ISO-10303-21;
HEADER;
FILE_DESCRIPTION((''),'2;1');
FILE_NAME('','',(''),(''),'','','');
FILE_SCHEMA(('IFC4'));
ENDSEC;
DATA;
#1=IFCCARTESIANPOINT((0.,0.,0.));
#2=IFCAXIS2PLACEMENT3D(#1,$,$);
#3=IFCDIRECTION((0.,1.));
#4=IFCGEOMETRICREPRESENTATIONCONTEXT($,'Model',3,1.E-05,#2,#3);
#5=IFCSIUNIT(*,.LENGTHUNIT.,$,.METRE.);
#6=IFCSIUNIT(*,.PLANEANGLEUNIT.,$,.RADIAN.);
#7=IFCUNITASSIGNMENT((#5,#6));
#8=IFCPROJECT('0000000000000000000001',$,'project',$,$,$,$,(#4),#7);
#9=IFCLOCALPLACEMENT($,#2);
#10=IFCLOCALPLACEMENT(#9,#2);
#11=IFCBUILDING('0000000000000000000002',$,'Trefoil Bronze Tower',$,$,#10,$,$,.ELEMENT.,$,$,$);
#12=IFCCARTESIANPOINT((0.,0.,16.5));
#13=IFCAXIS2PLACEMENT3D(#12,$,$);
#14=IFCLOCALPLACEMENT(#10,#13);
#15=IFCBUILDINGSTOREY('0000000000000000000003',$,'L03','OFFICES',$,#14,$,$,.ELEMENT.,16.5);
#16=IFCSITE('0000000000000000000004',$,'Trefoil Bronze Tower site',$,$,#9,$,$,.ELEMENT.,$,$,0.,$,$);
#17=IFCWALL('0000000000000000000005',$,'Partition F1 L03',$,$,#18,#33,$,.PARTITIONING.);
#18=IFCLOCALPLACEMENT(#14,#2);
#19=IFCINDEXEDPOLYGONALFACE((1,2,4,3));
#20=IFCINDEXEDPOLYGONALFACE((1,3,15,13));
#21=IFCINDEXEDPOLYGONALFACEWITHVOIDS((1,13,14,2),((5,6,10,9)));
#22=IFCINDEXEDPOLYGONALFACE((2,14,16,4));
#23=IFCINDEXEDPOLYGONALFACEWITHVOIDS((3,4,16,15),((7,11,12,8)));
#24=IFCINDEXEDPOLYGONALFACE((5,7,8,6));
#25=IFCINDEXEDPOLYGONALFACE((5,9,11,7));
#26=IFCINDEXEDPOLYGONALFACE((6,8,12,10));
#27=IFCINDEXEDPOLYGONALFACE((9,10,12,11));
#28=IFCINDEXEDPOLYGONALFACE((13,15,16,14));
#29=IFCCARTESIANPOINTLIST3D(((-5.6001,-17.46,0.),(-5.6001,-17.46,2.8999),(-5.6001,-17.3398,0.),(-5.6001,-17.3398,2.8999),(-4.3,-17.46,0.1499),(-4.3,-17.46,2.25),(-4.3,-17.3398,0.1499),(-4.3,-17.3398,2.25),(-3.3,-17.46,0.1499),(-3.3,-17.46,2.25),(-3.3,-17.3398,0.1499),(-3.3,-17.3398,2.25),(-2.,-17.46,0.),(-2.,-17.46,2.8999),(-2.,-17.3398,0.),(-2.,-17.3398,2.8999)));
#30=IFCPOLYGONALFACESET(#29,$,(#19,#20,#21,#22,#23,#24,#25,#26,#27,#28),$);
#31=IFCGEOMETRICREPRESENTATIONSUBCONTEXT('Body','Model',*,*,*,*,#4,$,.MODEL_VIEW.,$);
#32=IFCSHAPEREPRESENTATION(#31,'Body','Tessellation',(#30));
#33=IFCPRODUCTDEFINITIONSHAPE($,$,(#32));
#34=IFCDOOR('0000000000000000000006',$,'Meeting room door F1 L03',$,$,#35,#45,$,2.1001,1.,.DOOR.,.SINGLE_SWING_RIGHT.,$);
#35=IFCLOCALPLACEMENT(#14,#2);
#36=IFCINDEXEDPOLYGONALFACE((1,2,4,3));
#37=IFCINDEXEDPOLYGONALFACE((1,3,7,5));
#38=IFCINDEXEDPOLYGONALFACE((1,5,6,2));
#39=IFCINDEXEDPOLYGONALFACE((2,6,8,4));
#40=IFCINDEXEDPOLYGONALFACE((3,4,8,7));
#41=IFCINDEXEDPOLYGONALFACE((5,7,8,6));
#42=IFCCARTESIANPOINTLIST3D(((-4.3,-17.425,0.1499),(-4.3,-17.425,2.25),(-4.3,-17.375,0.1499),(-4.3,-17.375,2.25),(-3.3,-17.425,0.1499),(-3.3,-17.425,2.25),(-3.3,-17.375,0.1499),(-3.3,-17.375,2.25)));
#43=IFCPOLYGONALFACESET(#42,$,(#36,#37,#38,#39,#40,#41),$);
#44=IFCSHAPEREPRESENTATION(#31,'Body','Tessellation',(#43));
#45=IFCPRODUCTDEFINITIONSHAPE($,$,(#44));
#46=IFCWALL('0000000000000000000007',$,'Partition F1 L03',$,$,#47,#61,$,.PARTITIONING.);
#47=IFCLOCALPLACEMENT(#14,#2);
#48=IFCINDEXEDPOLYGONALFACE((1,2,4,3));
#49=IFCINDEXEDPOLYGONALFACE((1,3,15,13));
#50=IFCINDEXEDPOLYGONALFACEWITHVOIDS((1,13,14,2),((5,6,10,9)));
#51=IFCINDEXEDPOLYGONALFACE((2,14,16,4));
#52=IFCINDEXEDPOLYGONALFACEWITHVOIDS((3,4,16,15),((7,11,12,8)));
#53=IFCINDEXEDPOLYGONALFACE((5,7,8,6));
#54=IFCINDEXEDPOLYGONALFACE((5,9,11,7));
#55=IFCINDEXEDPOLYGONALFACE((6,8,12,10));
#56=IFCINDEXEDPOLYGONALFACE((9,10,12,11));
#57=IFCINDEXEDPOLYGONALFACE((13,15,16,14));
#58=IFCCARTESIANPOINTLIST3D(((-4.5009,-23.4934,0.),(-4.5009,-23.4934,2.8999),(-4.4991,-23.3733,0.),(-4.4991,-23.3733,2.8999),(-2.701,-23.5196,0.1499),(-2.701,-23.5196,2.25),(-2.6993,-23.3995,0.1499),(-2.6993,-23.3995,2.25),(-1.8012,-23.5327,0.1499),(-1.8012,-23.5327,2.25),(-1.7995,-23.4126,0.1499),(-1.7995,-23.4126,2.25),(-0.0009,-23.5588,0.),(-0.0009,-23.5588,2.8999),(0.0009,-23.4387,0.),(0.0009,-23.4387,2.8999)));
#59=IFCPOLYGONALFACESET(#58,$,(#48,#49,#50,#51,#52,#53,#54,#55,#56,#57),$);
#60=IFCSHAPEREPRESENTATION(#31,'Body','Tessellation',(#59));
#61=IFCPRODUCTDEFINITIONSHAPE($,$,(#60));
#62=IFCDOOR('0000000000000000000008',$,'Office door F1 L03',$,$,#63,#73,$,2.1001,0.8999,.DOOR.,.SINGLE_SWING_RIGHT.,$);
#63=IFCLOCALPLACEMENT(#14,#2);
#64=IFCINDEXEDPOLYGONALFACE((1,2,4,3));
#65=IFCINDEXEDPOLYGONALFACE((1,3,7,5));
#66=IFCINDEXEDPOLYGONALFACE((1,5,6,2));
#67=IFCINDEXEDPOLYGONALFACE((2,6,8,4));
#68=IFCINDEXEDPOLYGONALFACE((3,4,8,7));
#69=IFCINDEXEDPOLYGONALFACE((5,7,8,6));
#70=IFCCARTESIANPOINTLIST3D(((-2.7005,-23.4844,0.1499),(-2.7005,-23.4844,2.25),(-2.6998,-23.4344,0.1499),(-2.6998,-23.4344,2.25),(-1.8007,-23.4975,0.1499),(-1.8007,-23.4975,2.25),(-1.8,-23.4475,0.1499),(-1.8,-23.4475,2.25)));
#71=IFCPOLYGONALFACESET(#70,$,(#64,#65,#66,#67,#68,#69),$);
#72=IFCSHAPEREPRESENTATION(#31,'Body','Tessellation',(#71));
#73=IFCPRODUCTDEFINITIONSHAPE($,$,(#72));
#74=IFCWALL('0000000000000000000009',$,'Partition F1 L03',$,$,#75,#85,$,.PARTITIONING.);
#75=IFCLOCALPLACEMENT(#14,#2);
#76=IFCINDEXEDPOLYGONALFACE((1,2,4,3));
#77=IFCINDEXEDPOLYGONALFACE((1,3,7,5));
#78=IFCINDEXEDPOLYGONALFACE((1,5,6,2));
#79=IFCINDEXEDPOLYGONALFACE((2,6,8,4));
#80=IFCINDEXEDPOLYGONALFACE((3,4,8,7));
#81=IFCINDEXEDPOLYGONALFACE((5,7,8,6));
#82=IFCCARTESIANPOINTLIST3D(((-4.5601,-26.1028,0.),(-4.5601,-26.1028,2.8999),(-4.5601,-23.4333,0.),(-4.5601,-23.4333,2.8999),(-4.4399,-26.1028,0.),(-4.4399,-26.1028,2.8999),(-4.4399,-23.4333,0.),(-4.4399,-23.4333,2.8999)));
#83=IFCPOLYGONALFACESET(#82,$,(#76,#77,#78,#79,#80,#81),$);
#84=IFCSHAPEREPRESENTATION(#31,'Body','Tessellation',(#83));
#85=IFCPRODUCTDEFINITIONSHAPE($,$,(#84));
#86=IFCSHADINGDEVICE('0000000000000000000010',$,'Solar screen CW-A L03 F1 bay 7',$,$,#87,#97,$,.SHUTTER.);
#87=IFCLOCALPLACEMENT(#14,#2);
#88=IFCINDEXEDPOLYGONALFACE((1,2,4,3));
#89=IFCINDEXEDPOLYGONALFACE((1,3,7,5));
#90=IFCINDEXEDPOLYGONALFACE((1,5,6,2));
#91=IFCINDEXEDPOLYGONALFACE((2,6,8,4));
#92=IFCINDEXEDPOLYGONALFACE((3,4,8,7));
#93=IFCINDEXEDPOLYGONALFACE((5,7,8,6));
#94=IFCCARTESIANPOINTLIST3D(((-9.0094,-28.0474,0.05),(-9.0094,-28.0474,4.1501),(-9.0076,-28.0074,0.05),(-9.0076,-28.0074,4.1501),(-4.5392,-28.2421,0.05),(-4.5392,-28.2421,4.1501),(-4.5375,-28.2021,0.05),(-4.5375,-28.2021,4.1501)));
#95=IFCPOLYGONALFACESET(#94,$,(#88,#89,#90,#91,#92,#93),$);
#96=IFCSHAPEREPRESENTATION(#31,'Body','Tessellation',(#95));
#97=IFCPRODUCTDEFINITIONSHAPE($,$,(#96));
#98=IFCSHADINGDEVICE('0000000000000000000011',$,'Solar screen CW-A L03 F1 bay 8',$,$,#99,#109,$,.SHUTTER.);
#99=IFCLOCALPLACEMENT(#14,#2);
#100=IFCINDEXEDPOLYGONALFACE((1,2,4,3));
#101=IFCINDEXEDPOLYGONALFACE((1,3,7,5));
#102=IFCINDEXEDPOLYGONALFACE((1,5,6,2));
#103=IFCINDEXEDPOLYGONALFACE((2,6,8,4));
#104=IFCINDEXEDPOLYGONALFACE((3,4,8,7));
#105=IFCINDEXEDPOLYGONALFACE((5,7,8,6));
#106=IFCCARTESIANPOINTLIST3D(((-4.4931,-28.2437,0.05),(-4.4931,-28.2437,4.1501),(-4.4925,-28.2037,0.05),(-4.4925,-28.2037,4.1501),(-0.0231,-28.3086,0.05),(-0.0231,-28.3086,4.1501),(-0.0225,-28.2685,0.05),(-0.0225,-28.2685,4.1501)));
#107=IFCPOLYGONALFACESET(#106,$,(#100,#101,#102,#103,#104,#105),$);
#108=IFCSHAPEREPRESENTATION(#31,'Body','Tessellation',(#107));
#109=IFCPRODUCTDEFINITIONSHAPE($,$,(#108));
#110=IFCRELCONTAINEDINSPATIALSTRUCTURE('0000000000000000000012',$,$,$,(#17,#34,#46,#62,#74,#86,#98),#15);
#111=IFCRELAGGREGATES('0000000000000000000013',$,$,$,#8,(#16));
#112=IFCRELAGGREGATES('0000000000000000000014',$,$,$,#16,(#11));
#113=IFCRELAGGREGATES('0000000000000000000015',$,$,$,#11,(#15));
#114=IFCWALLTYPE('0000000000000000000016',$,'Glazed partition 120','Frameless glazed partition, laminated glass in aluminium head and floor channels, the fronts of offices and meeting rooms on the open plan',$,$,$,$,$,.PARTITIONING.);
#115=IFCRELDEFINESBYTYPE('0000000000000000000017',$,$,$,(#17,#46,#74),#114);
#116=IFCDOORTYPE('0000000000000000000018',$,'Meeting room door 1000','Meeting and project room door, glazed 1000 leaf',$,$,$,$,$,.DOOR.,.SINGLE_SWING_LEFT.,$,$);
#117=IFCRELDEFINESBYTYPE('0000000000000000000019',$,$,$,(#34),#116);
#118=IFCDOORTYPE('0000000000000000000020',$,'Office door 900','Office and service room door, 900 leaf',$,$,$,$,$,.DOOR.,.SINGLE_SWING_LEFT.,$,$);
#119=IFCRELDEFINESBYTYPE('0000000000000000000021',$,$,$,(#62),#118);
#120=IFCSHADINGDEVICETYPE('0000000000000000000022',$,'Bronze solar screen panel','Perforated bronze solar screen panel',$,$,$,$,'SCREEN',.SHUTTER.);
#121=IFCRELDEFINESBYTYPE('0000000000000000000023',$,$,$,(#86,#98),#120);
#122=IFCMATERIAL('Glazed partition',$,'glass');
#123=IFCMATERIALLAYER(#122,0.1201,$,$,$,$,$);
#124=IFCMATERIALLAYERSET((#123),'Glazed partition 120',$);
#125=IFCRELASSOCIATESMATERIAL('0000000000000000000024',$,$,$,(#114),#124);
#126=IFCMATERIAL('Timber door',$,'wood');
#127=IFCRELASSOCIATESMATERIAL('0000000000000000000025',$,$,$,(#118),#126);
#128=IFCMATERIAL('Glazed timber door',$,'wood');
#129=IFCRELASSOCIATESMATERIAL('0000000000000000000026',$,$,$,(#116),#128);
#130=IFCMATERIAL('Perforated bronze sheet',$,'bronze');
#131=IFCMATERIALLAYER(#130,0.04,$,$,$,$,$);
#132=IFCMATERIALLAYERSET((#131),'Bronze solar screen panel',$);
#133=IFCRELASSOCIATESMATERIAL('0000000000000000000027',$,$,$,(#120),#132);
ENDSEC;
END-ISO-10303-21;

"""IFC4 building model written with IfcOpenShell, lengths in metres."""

from ifc_helpers import new_model, si_unit, direction, frame, frame_2d, origin, origin_2d, place, context, subcontext, project, spatial, rectangle, extrude, material, layer, layer_set, type_object, element, fill, save


model = new_model("IFC4")

# Units and contexts
model_context = context("Model", 3, precision=1e-05, world=origin(), true_north=direction((0.0, 1.0)))
body_context = subcontext(model_context, "Body", "Model", "MODEL_VIEW")
ifc_project = project(units=[si_unit("LENGTHUNIT", "METRE"), si_unit("PLANEANGLEUNIT", "RADIAN")], contexts=[model_context])

# Site, building, storey
site_placement = place(None, origin())
site = spatial("IfcSite", under=ifc_project, at=site_placement, Name="Trefoil Bronze Tower site", CompositionType="ELEMENT", RefElevation=0.0)
building_placement = place(site_placement, origin())
building = spatial("IfcBuilding", under=site, at=building_placement, Name="Trefoil Bronze Tower", CompositionType="ELEMENT")
storey_placement = place(building_placement, frame((0.0, 0.0, 16.5)))
storey = spatial("IfcBuildingStorey", under=building, at=storey_placement, Name="L03", Description="OFFICES", CompositionType="ELEMENT", Elevation=16.5)

# Walls, openings, doors
ifc_material_1 = material(Name="Glazed partition", Category="glass")
ifc_layer_1 = layer(ifc_material_1, 0.1201)
ifc_layer_set_1 = layer_set([ifc_layer_1], Name="Glazed partition 120")
wall_type = type_object("IfcWallType", Name="Glazed partition 120", Description="Frameless glazed partition, laminated glass in aluminium head and floor channels, the fronts of offices and meeting rooms on the open plan", PredefinedType="PARTITIONING", material=ifc_layer_set_1)
ifc_material_2 = material(Name="Timber door", Category="wood")
door_type_1 = type_object("IfcDoorType", Name="Office door 900", Description="Office and service room door, 900 leaf", OperationType="SINGLE_SWING_LEFT", PredefinedType="DOOR", material=ifc_material_2)
wall_1_placement = place(storey_placement, frame((-5.6001, -17.3999, 0.0), z_axis=(0.0, 0.0, 1.0), x_axis=(1.0, 0.0, 0.0)))
wall_1 = element("IfcWall", 1, at=wall_1_placement, inside=storey, type_object=wall_type, Name="Partition F1 L03", PredefinedType="PARTITIONING", context=body_context, shape_type="SweptSolid", body=[
    extrude(rectangle(XDim=3.6001, YDim=0.1201, at=frame_2d((1.8, 0.0))), origin(), (0.0, 0.0, 1.0), 2.8999),
])
opening_1_placement = place(wall_1_placement, frame((1.3, 0.0, 0.1499)))
opening_1 = element("IfcOpeningElement", 2, at=opening_1_placement, cuts=wall_1, PredefinedType="OPENING", context=body_context, shape_type="SweptSolid", body=[
    extrude(rectangle(XDim=1.0, YDim=2.1001, at=frame_2d((0.5, 1.05))), frame((0.0, 0.0701, 0.0), z_axis=(0.0, -1.0, 0.0), x_axis=(1.0, 0.0, 0.0)), (0.0, 0.0, 1.0), 0.1401),
])
ifc_material_3 = material(Name="Glazed timber door", Category="wood")
door_type_2 = type_object("IfcDoorType", Name="Meeting room door 1000", Description="Meeting and project room door, glazed 1000 leaf", OperationType="SINGLE_SWING_LEFT", PredefinedType="DOOR", material=ifc_material_3)
door_1_placement = place(opening_1_placement, origin())
door_1 = element("IfcDoor", 3, at=door_1_placement, inside=storey, type_object=door_type_2, Name="Meeting room door F1 L03", OperationType="SINGLE_SWING_RIGHT", OverallHeight=2.1001, OverallWidth=1.0, PredefinedType="DOOR", context=body_context, shape_type="SweptSolid", body=[
    extrude(rectangle(XDim=1.0, YDim=2.1001, at=frame_2d((0.5, 1.05))), frame((0.0, 0.0249, 0.0), z_axis=(0.0, -1.0, 0.0), x_axis=(1.0, 0.0, 0.0)), (0.0, 0.0, 1.0), 0.05),
])
fill(opening_1, door_1)
wall_2_placement = place(storey_placement, frame((-4.5, -23.4333, 0.0), z_axis=(0.0, 0.0, 1.0), x_axis=(0.999894, -0.014538, 0.0)))
wall_2 = element("IfcWall", 4, at=wall_2_placement, inside=storey, type_object=wall_type, Name="Partition F1 L03", PredefinedType="PARTITIONING", context=body_context, shape_type="SweptSolid", body=[
    extrude(rectangle(XDim=4.5005, YDim=0.1201, at=frame_2d((2.2502, 0.0))), origin(), (0.0, 0.0, 1.0), 2.8999),
])
opening_2_placement = place(wall_2_placement, frame((1.8, 0.0, 0.1499)))
opening_2 = element("IfcOpeningElement", 5, at=opening_2_placement, cuts=wall_2, PredefinedType="OPENING", context=body_context, shape_type="SweptSolid", body=[
    extrude(rectangle(XDim=0.8999, YDim=2.1001, at=frame_2d((0.45, 1.05))), frame((0.0, 0.0701, 0.0), z_axis=(0.0, -1.0, 0.0), x_axis=(1.0, 0.0, 0.0)), (0.0, 0.0, 1.0), 0.1401),
])
door_2_placement = place(opening_2_placement, frame((0.8999, 0.0, 0.0), z_axis=(0.0, 0.0, 1.0), x_axis=(-1.0, 0.0, 0.0)))
door_2 = element("IfcDoor", 6, at=door_2_placement, inside=storey, type_object=door_type_1, Name="Office door F1 L03", OperationType="SINGLE_SWING_RIGHT", OverallHeight=2.1001, OverallWidth=0.8999, PredefinedType="DOOR", context=body_context, shape_type="SweptSolid", body=[
    extrude(rectangle(XDim=0.8999, YDim=2.1001, at=frame_2d((0.45, 1.05))), frame((0.0, 0.0249, 0.0), z_axis=(0.0, -1.0, 0.0), x_axis=(1.0, 0.0, 0.0)), (0.0, 0.0, 1.0), 0.05),
])
fill(opening_2, door_2)

# Wall
wall_3_placement = place(storey_placement, frame((-4.5, -23.4333, 0.0), z_axis=(0.0, 0.0, 1.0), x_axis=(0.0, -1.0, 0.0)))
element("IfcWall", 7, at=wall_3_placement, inside=storey, type_object=wall_type, Name="Partition F1 L03", PredefinedType="PARTITIONING", context=body_context, shape_type="SweptSolid", body=[
    extrude(rectangle(XDim=2.6694, YDim=0.1201, at=frame_2d((1.3347, 0.0))), origin(), (0.0, 0.0, 1.0), 2.8999),
])

# Shading devices
ifc_material_4 = material(Name="Perforated bronze sheet", Category="bronze")
ifc_layer_2 = layer(ifc_material_4, 0.04)
ifc_layer_set_2 = layer_set([ifc_layer_2], Name="Bronze solar screen panel")
shading_device_type = type_object("IfcShadingDeviceType", Name="Bronze solar screen panel", Description="Perforated bronze solar screen panel", ElementType="SCREEN", PredefinedType="SHUTTER", material=ifc_layer_set_2)
shading_device_1_placement = place(storey_placement, frame((-6.7734, -28.1248, 0.05), z_axis=(0.0, 0.0, 1.0), x_axis=(0.999052, -0.043528, 0.0)))
element("IfcShadingDevice", 8, at=shading_device_1_placement, inside=storey, type_object=shading_device_type, Name="Solar screen CW-A L03 F1 bay 7", PredefinedType="SHUTTER", context=body_context, shape_type="SweptSolid", body=[
    extrude(rectangle(XDim=4.4744, YDim=0.04, at=origin_2d()), origin(), (0.0, 0.0, 1.0), 4.1001),
])
shading_device_2_placement = place(storey_placement, frame((-2.2578, -28.2561, 0.05), z_axis=(0.0, 0.0, 1.0), x_axis=(0.999895, -0.014509, 0.0)))
element("IfcShadingDevice", 9, at=shading_device_2_placement, inside=storey, type_object=shading_device_type, Name="Solar screen CW-A L03 F1 bay 8", PredefinedType="SHUTTER", context=body_context, shape_type="SweptSolid", body=[
    extrude(rectangle(XDim=4.4705, YDim=0.04, at=origin_2d()), origin(), (0.0, 0.0, 1.0), 4.1001),
])

save(model, "model.ifc")
